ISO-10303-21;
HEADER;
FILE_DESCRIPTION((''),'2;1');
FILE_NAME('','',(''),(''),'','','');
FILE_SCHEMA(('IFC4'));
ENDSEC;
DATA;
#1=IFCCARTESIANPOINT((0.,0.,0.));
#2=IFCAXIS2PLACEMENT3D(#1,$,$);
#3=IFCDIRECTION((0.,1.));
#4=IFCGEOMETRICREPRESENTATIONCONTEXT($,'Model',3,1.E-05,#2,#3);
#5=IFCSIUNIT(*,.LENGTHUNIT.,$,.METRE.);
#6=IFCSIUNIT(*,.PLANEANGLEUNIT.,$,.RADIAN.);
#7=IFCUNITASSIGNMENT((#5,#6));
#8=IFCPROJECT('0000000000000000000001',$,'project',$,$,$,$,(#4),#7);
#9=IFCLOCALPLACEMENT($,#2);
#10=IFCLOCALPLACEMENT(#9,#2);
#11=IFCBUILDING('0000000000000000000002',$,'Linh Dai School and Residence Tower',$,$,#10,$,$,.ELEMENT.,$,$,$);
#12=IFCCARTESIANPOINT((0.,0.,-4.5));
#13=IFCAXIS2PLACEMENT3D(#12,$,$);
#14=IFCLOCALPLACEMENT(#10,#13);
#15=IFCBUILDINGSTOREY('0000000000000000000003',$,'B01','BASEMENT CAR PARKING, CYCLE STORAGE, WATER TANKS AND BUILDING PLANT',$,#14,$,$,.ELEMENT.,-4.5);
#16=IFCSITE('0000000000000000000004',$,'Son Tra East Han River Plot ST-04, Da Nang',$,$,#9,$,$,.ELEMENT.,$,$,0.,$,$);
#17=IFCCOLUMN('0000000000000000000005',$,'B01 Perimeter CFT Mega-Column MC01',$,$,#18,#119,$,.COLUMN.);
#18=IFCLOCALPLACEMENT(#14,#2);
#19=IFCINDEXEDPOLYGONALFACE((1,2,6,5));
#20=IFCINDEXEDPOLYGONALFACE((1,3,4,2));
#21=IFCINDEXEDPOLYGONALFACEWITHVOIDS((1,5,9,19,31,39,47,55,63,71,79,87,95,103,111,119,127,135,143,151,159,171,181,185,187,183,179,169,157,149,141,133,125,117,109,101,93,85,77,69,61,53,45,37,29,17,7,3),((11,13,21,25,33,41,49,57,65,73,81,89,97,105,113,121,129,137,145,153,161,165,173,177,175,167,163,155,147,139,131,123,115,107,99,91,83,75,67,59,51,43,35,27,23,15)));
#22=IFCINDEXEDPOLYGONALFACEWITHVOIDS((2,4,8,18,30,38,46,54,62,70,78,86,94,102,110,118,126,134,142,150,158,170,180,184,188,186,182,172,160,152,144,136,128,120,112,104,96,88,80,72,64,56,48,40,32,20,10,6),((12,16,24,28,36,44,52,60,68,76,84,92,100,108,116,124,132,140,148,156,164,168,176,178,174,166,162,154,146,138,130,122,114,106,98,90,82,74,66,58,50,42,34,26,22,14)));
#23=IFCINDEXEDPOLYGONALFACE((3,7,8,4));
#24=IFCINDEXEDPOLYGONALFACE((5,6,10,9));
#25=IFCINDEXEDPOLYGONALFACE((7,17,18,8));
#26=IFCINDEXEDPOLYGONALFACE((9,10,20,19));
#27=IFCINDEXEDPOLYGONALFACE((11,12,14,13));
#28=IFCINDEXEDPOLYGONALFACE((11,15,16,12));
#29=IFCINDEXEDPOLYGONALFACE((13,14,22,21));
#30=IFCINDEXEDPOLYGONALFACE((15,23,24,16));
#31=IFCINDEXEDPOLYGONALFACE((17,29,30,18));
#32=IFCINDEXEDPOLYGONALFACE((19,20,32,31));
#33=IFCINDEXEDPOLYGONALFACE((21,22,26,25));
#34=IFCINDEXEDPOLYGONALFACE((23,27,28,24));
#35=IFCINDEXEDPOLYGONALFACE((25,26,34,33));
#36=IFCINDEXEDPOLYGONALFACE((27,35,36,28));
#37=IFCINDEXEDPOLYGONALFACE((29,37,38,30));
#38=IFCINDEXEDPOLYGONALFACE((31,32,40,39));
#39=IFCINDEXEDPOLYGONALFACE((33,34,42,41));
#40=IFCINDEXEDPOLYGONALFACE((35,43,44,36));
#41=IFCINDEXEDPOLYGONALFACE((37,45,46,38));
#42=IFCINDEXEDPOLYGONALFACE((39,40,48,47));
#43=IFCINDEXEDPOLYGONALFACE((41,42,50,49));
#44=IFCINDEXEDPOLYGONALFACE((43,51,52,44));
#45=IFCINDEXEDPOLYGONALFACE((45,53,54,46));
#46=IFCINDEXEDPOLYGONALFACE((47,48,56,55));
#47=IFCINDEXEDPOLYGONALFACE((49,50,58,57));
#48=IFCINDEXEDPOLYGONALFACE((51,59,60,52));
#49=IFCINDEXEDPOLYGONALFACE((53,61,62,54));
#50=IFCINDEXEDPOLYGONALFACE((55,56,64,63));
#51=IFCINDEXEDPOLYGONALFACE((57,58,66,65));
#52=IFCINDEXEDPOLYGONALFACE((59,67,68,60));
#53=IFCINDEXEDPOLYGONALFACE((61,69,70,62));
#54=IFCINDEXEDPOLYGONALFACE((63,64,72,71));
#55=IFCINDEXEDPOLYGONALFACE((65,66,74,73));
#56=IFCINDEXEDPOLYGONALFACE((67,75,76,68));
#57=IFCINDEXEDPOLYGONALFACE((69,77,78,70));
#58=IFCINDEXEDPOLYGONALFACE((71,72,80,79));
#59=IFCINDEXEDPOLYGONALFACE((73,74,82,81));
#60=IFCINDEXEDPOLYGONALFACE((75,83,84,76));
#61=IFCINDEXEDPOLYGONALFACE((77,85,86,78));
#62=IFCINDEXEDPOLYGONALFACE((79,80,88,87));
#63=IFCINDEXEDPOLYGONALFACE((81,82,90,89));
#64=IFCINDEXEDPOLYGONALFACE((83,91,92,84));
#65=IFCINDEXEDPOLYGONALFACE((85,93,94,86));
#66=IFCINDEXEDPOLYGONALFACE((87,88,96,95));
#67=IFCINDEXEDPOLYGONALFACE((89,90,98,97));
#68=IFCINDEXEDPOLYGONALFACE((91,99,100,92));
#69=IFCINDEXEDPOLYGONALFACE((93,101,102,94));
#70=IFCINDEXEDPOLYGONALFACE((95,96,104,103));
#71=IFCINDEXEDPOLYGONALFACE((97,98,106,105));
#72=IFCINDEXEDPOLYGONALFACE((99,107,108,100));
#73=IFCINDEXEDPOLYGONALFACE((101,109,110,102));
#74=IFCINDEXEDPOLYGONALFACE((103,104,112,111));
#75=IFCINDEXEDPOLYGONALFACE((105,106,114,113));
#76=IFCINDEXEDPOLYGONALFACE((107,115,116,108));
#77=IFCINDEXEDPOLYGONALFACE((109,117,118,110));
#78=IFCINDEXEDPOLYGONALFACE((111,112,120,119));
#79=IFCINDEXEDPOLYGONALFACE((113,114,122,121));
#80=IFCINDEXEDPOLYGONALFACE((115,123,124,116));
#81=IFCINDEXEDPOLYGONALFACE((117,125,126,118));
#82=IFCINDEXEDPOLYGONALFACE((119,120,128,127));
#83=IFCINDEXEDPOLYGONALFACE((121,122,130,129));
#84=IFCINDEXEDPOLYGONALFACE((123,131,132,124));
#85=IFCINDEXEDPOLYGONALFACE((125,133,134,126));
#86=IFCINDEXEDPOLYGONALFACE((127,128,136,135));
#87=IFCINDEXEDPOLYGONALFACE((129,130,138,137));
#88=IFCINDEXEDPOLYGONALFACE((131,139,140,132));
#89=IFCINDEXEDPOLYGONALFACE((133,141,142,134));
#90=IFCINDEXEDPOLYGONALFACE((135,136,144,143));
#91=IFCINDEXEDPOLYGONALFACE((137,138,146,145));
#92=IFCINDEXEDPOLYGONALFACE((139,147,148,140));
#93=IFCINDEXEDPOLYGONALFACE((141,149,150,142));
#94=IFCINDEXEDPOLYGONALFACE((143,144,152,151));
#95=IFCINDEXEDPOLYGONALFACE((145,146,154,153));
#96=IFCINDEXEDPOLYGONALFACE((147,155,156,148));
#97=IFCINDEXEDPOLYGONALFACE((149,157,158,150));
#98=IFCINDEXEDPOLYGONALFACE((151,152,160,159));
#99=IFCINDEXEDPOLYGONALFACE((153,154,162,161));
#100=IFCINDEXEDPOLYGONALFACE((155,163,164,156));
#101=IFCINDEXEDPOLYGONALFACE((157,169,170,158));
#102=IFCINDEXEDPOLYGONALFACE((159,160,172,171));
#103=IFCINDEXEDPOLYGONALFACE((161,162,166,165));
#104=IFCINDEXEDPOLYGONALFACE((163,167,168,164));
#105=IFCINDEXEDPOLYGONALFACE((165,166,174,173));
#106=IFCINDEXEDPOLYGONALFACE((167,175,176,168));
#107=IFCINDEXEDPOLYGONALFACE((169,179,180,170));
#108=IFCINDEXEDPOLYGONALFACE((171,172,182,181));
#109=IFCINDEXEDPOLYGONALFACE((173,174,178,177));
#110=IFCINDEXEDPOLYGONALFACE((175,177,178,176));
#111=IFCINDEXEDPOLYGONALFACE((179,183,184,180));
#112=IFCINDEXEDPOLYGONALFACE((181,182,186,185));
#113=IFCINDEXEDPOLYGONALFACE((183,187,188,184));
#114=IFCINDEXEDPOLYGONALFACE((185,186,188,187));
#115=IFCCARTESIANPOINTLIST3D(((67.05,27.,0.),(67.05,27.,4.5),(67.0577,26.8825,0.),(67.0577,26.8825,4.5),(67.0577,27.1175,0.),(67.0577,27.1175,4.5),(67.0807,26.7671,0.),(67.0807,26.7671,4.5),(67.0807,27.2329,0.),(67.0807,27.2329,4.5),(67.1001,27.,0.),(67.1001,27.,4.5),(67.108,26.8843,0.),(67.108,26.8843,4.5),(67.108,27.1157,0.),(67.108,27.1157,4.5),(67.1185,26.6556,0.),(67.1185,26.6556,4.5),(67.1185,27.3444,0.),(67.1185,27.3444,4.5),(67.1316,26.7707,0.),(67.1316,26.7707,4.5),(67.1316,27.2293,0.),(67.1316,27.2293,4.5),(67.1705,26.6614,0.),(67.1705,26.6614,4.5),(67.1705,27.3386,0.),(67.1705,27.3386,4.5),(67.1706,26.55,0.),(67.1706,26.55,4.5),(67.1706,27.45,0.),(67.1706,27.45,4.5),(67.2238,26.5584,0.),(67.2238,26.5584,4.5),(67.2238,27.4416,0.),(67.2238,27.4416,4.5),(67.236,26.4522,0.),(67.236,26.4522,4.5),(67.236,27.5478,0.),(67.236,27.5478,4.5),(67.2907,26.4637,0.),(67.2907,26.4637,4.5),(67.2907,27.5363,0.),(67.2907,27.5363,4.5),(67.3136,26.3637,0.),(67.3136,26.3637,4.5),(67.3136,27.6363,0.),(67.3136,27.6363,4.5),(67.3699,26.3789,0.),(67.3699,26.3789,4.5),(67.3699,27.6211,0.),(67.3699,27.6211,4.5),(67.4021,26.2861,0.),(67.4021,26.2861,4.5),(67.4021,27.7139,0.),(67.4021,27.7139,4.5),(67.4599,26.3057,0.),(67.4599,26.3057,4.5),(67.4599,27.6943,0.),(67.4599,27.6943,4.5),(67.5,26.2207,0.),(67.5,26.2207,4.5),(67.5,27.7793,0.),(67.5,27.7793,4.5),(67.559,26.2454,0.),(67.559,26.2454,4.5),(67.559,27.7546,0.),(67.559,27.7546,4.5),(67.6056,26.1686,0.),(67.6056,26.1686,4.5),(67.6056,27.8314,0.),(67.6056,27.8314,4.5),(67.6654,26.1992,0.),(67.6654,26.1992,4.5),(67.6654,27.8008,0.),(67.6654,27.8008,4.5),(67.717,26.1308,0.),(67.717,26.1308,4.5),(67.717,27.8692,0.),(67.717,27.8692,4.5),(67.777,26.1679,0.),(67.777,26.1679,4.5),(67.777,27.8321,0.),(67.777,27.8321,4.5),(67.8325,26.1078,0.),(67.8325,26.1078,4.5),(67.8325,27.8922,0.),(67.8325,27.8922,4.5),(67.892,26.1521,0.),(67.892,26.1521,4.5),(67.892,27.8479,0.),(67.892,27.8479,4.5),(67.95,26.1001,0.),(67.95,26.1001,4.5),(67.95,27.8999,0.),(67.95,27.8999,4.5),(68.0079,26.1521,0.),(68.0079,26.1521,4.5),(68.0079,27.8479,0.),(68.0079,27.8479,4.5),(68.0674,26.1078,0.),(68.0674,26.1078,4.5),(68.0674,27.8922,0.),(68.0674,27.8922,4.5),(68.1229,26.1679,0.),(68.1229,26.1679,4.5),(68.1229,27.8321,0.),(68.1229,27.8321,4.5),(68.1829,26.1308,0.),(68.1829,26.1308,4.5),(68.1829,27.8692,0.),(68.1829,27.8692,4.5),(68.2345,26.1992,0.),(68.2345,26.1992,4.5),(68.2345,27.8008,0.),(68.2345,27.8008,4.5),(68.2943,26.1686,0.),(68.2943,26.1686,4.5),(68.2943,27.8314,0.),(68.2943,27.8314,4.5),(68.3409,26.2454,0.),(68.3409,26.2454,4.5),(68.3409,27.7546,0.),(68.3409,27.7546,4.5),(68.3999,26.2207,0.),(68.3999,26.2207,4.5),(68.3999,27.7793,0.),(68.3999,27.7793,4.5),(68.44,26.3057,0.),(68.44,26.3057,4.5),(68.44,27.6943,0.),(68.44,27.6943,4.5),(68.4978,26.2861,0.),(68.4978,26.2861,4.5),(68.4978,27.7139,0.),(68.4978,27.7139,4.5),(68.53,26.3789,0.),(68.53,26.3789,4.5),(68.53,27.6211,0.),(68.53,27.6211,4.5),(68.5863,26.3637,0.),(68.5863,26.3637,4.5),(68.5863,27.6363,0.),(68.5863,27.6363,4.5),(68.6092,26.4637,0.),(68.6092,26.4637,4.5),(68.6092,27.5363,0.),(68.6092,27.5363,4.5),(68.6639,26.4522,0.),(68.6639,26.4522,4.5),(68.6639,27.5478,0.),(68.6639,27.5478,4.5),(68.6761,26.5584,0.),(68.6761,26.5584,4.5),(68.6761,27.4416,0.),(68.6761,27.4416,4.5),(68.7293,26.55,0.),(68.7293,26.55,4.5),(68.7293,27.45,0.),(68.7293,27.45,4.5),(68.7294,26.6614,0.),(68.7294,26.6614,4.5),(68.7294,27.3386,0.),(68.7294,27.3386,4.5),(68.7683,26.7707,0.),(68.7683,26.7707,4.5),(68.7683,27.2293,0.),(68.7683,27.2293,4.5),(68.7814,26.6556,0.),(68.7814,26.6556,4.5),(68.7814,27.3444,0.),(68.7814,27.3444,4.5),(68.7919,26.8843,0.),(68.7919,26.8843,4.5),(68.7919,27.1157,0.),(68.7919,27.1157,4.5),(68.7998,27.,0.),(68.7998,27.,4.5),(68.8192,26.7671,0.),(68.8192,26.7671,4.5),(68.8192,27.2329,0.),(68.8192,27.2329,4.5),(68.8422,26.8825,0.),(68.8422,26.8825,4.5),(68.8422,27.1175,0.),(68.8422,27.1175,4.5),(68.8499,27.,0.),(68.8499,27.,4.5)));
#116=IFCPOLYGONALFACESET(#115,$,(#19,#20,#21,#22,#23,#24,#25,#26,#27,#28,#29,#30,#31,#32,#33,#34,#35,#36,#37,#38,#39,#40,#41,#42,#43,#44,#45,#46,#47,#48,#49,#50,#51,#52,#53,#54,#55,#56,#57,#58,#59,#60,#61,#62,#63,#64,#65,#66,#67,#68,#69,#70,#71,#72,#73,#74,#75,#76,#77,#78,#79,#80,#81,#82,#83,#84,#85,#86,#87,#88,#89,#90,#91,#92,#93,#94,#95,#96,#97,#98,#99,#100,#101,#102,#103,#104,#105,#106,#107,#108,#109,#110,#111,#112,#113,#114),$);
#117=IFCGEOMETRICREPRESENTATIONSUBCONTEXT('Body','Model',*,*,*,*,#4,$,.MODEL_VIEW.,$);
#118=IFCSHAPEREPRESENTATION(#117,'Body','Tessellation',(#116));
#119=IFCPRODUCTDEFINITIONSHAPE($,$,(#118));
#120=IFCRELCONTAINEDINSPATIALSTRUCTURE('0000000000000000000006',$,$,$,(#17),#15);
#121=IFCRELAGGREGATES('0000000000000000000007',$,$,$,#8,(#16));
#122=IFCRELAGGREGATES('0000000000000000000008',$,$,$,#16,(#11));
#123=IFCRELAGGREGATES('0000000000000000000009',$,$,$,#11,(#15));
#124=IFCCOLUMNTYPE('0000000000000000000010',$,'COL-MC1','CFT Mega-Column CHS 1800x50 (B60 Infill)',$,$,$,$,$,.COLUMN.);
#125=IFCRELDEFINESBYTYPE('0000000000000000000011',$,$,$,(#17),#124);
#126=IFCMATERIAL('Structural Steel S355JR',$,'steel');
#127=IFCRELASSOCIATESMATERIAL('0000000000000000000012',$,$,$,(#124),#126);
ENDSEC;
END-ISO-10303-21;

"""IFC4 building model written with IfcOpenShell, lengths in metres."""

from ifc_helpers import new_model, si_unit, direction, frame, origin, origin_2d, place, context, subcontext, project, spatial, hollow_circle, extrude, material, material_profile, profile_set, type_object, element, save


model = new_model("IFC4")

# Units and contexts
model_context = context("Model", 3, precision=1e-05, world=origin(), true_north=direction((0.0, 1.0)))
body_context = subcontext(model_context, "Body", "Model", "MODEL_VIEW")
ifc_project = project(units=[si_unit("LENGTHUNIT", "METRE"), si_unit("PLANEANGLEUNIT", "RADIAN")], contexts=[model_context])

# Site, building, storey
site_placement = place(None, origin())
site = spatial("IfcSite", under=ifc_project, at=site_placement, Name="Son Tra East Han River Plot ST-04, Da Nang", CompositionType="ELEMENT", RefElevation=0.0)
building_placement = place(site_placement, origin())
building = spatial("IfcBuilding", under=site, at=building_placement, Name="Linh Dai School and Residence Tower", CompositionType="ELEMENT")
storey_placement = place(building_placement, frame((0.0, 0.0, -4.5)))
storey = spatial("IfcBuildingStorey", under=building, at=storey_placement, Name="B01", Description="BASEMENT CAR PARKING, CYCLE STORAGE, WATER TANKS AND BUILDING PLANT", CompositionType="ELEMENT", Elevation=-4.5)

# Column
ifc_material_1 = material(Name="Structural Steel S355JR", Category="steel")
ifc_material_profile_1 = material_profile(ifc_material_1, hollow_circle(Radius=0.8999, WallThickness=0.05, at=origin_2d()), Name="CHS 1800x50")
ifc_profile_set_1 = profile_set([ifc_material_profile_1], Name="Structural Steel S355JR")
column_type_1 = type_object("IfcColumnType", Name="COL-MC1", Description="CFT Mega-Column CHS 1800x50 (B60 Infill)", PredefinedType="COLUMN", material=ifc_profile_set_1)
for number, where, z_axis, x_axis, name in (
    (1, (67.95, 27.0, 0.0), (0.0, 0.0, 1.0), (1.0, 0.0, 0.0), "B01 Perimeter CFT Mega-Column MC01"),
):
    element("IfcColumn", number, at=place(storey_placement, frame(where, z_axis=z_axis, x_axis=x_axis)), inside=storey, type_object=column_type_1, Name=name, PredefinedType="COLUMN", context=body_context, shape_type="SweptSolid", body=[
        extrude(hollow_circle(Radius=0.8999, WallThickness=0.05, at=origin_2d()), origin(), (0.0, 0.0, 1.0), 4.5),
    ])

save(model, "model.ifc")
